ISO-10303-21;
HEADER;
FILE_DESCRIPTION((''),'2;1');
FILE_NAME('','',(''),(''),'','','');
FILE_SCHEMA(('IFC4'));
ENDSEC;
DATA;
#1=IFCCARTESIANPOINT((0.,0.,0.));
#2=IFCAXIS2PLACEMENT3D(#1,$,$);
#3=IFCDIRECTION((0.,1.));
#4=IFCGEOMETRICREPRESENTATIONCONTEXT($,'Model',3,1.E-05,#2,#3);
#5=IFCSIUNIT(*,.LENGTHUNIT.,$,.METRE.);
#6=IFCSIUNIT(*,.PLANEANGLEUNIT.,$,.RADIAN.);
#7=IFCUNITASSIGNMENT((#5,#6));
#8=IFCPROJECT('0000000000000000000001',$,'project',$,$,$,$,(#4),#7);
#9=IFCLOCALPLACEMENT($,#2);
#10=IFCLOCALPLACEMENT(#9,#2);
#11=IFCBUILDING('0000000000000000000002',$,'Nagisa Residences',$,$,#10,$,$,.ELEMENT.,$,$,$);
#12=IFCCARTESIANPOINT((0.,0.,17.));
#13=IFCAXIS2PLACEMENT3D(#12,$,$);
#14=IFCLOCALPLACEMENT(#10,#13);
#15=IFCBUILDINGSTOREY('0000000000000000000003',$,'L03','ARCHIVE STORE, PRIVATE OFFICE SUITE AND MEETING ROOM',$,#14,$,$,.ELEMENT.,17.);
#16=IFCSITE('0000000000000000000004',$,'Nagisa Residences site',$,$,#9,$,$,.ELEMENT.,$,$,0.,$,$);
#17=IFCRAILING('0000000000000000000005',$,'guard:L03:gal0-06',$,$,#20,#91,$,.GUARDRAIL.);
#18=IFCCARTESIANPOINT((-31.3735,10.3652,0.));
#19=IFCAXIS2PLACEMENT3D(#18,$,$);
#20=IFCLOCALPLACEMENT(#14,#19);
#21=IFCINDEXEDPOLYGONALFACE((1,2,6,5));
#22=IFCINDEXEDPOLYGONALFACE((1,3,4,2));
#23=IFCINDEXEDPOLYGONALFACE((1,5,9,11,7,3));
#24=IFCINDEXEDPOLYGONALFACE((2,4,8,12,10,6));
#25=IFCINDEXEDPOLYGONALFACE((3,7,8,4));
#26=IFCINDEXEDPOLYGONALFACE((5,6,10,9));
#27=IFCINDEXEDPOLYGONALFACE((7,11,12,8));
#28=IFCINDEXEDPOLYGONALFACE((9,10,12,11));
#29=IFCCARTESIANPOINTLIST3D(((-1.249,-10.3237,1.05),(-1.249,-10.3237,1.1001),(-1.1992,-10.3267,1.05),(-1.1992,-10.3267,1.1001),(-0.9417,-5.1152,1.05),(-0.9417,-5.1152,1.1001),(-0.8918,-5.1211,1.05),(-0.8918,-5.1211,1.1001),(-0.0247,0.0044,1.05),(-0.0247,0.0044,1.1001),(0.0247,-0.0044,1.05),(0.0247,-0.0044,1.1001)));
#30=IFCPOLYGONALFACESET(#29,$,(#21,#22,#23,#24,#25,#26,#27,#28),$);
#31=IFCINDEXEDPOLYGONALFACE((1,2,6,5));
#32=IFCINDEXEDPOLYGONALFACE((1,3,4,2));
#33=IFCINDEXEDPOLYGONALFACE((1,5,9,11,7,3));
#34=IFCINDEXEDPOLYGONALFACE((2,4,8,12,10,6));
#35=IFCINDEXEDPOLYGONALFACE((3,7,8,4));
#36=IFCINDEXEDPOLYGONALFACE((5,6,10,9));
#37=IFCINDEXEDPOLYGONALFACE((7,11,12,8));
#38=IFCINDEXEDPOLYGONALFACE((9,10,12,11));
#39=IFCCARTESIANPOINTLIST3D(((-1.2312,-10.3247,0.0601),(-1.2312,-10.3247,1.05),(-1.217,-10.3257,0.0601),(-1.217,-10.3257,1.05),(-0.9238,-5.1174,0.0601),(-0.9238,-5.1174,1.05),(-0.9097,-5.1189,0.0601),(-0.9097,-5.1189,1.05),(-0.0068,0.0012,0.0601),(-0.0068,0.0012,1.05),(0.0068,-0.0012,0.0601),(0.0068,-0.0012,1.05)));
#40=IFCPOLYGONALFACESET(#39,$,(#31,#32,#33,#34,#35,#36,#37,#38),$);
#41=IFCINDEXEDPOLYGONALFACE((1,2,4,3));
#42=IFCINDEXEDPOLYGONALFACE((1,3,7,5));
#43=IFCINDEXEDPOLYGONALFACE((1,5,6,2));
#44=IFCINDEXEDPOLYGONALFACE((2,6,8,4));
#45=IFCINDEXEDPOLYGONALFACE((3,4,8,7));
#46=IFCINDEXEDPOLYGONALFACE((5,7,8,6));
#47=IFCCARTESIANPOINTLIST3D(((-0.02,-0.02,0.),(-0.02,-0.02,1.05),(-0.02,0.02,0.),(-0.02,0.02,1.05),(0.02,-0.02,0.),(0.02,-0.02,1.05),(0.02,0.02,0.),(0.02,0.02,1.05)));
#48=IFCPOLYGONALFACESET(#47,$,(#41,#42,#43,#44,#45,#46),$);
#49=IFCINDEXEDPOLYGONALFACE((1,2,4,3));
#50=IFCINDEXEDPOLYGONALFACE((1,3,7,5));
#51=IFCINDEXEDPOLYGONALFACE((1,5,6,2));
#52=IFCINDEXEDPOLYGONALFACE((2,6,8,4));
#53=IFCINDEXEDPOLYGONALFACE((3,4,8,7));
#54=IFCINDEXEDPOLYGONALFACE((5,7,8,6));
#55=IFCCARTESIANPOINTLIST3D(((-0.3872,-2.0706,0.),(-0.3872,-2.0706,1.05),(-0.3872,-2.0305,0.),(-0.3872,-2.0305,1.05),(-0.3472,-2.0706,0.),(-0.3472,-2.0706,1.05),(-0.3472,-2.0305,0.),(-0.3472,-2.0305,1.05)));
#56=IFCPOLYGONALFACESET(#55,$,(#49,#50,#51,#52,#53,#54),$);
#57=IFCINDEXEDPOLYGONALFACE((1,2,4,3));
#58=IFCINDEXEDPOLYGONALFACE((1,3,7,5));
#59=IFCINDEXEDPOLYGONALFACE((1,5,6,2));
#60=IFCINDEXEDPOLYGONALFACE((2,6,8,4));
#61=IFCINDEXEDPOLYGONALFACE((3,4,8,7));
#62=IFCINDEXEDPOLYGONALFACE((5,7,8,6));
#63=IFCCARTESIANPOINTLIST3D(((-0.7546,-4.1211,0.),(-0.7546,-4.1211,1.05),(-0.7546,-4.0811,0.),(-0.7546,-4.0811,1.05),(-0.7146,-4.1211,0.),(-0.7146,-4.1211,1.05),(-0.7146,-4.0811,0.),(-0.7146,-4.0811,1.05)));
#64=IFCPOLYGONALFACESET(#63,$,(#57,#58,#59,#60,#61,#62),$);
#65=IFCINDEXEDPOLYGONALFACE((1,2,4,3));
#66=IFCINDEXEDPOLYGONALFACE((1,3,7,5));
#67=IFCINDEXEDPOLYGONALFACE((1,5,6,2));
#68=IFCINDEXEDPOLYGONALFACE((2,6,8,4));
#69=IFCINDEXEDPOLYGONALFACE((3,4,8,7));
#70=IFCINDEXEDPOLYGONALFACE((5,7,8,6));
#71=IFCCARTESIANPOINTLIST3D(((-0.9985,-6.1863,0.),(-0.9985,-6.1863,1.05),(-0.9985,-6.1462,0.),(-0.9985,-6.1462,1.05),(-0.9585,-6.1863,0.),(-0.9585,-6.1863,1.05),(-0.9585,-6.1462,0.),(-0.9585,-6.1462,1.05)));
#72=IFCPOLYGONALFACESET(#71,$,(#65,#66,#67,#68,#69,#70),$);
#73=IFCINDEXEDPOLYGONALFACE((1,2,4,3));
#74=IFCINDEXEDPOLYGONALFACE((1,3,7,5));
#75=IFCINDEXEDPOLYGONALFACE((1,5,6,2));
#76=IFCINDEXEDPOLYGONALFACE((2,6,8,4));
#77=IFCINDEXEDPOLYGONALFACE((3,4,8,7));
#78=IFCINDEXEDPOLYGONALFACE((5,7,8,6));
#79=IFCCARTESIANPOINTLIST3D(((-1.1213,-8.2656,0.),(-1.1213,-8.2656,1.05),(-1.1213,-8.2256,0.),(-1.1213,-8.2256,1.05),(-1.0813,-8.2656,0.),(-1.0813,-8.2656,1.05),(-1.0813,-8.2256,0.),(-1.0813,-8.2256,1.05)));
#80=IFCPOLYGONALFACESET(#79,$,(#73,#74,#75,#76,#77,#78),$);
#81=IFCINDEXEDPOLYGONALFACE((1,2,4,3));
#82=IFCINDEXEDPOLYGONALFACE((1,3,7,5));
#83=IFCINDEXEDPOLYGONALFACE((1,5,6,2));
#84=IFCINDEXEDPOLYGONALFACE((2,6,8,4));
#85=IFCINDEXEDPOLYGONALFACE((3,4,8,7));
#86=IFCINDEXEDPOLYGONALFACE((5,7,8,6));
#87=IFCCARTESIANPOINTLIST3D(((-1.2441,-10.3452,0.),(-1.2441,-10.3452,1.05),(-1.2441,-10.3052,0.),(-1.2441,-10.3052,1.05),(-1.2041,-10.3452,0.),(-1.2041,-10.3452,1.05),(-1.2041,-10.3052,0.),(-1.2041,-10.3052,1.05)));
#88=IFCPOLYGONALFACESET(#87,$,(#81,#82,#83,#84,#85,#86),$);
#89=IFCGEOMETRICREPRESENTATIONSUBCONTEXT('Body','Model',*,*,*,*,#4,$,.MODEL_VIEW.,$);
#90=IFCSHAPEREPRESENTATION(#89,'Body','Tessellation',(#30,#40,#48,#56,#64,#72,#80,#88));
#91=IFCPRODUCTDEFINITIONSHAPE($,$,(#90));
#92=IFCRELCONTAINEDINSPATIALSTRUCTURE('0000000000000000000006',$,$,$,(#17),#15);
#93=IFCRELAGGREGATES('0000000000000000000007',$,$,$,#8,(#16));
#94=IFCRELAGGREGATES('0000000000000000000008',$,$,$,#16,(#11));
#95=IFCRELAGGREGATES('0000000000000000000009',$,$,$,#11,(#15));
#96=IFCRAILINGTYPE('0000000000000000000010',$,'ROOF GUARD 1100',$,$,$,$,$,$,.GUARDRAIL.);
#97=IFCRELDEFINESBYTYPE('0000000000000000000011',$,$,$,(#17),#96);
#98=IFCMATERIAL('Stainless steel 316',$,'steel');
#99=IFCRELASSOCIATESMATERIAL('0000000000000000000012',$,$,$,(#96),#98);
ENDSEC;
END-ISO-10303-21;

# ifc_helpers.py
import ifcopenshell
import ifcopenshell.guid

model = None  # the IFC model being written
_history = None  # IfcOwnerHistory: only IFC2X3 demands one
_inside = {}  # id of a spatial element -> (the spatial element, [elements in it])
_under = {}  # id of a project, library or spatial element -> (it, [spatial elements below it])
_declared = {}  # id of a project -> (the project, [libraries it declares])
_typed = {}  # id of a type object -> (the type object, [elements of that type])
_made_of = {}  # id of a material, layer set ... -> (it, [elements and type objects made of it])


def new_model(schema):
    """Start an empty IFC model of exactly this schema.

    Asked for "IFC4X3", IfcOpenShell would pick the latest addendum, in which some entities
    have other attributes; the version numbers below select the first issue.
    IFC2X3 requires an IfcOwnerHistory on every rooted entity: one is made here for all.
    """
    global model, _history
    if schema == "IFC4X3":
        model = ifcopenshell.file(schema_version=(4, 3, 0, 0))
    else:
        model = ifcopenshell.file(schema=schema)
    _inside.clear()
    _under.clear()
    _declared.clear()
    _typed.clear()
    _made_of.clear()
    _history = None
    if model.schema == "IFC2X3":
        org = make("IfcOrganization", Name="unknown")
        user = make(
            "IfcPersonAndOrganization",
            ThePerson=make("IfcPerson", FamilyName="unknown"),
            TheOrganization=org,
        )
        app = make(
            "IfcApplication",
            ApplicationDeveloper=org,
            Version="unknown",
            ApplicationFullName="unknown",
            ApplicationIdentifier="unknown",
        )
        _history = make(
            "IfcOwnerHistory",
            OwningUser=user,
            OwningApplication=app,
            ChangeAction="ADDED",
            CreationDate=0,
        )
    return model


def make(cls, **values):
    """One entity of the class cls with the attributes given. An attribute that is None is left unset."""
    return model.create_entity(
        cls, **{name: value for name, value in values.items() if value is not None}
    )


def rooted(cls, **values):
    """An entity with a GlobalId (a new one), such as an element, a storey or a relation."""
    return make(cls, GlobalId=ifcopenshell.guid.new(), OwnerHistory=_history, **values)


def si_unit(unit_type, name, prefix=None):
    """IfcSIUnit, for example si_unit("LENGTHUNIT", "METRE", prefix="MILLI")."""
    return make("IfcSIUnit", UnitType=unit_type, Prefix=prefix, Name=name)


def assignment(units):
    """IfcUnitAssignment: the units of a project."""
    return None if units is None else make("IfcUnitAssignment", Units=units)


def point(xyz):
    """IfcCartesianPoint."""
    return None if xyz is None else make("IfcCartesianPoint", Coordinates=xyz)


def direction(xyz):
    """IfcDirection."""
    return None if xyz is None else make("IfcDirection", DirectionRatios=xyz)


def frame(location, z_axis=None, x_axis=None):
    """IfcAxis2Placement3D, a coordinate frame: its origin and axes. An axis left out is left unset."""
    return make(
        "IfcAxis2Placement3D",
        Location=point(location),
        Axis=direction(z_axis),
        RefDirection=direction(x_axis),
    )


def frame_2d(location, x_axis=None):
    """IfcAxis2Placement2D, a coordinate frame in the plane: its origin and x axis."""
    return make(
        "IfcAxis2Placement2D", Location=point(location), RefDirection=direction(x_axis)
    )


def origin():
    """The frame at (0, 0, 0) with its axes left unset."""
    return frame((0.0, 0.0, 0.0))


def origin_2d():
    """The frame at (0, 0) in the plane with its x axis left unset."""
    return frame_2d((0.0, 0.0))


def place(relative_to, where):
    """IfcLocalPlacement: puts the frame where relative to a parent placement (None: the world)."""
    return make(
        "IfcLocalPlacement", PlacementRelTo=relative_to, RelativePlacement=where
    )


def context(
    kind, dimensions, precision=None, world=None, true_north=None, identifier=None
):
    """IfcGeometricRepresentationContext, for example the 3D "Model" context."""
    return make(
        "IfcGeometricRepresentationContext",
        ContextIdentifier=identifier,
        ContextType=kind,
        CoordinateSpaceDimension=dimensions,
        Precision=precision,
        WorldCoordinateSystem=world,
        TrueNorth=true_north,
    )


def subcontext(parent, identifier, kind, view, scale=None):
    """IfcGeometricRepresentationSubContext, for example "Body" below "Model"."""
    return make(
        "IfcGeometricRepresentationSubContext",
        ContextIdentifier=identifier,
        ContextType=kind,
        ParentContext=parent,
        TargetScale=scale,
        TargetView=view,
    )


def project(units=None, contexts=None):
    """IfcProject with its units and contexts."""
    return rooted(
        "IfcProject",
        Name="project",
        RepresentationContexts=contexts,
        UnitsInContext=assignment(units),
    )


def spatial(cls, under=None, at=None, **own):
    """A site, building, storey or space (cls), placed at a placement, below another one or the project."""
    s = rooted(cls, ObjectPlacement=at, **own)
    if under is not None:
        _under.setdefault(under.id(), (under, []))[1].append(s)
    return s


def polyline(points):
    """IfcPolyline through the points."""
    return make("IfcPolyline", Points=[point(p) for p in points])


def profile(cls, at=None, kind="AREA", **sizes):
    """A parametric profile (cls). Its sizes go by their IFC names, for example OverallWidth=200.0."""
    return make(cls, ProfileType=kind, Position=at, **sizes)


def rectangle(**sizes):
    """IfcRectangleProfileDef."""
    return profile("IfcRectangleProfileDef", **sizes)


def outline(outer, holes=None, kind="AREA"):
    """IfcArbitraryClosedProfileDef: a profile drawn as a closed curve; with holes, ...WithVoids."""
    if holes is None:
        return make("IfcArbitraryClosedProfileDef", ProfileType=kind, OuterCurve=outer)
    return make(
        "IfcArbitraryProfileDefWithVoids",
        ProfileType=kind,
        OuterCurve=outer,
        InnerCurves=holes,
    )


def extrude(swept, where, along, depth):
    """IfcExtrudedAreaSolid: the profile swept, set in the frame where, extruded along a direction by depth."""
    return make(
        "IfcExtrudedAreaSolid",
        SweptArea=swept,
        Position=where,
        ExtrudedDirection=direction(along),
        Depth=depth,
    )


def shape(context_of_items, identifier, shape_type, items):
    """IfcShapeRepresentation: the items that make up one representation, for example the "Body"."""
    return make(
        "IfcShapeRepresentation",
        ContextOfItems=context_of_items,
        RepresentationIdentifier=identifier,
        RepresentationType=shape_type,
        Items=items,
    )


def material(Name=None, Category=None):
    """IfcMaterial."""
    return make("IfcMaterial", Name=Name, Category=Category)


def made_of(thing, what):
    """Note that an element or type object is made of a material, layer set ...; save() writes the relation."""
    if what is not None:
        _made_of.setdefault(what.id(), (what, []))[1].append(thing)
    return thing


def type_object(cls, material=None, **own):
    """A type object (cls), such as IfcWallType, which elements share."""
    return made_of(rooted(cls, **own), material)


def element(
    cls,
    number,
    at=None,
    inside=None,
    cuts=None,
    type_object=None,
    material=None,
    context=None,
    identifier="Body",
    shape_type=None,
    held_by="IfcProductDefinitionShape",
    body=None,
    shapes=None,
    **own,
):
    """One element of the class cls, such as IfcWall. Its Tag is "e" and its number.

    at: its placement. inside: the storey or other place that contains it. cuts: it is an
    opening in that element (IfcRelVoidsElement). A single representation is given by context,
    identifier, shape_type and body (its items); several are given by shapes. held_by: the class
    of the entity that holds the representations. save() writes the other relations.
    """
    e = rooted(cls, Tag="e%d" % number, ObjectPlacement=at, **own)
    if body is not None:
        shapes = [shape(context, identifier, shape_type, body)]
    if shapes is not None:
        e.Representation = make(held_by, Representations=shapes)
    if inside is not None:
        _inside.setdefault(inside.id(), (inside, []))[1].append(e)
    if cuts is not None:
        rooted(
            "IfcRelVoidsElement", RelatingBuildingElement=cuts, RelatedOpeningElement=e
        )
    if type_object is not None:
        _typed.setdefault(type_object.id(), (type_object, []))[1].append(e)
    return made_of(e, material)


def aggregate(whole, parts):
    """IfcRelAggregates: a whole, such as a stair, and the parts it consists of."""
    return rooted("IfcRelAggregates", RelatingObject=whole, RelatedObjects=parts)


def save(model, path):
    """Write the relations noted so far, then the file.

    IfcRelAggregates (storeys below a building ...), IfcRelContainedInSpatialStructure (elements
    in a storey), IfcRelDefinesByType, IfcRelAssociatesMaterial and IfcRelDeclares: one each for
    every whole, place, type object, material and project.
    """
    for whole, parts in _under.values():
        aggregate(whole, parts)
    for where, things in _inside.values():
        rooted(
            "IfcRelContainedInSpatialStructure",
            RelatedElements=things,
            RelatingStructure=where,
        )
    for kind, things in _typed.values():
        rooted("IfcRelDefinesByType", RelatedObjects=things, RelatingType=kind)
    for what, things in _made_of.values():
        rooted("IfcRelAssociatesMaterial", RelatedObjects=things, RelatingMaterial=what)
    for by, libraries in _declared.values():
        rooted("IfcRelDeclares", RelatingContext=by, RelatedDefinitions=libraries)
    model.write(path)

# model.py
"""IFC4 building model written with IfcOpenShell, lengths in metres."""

from ifc_helpers import new_model, si_unit, direction, frame, origin, origin_2d, place, context, subcontext, project, spatial, polyline, rectangle, outline, extrude, material, type_object, element, save


model = new_model("IFC4")

# Units and contexts
model_context = context("Model", 3, precision=1e-05, world=origin(), true_north=direction((0.0, 1.0)))
body_context = subcontext(model_context, "Body", "Model", "MODEL_VIEW")
ifc_project = project(units=[si_unit("LENGTHUNIT", "METRE"), si_unit("PLANEANGLEUNIT", "RADIAN")], contexts=[model_context])

# Site, building, storey
site_placement = place(None, origin())
site = spatial("IfcSite", under=ifc_project, at=site_placement, Name="Nagisa Residences site", CompositionType="ELEMENT", RefElevation=0.0)
building_placement = place(site_placement, origin())
building = spatial("IfcBuilding", under=site, at=building_placement, Name="Nagisa Residences", CompositionType="ELEMENT")
storey_placement = place(building_placement, frame((0.0, 0.0, 17.0)))
storey = spatial("IfcBuildingStorey", under=building, at=storey_placement, Name="L03", Description="ARCHIVE STORE, PRIVATE OFFICE SUITE AND MEETING ROOM", CompositionType="ELEMENT", Elevation=17.0)

# Railing
ifc_material_1 = material(Name="Stainless steel 316", Category="steel")
railing_type = type_object("IfcRailingType", Name="ROOF GUARD 1100", PredefinedType="GUARDRAIL", material=ifc_material_1)
railing_placement = place(storey_placement, frame((-31.3735, 10.3652, 0.0)))
element("IfcRailing", 1, at=railing_placement, inside=storey, type_object=railing_type, Name="guard:L03:gal0-06", PredefinedType="GUARDRAIL", context=body_context, shape_type="SweptSolid", body=[
    extrude(outline(polyline([(-0.8918, -5.1211), (0.0247, -0.0044), (-0.0247, 0.0044), (-0.9417, -5.1152), (-1.249, -10.3237), (-1.1992, -10.3267), (-0.8918, -5.1211)])), frame((0.0, 0.0, 1.05)), (0.0, 0.0, 1.0), 0.05),
    extrude(outline(polyline([(-0.9097, -5.1189), (0.0068, -0.0012), (-0.0068, 0.0012), (-0.9238, -5.1174), (-1.2312, -10.3247), (-1.217, -10.3257), (-0.9097, -5.1189)])), frame((0.0, 0.0, 0.0601)), (0.0, 0.0, 1.0), 0.99),
    extrude(rectangle(XDim=0.04, YDim=0.04, at=origin_2d()), origin(), (0.0, 0.0, 1.0), 1.05),
    extrude(rectangle(XDim=0.04, YDim=0.04, at=origin_2d()), frame((-0.3672, -2.0505, 0.0)), (0.0, 0.0, 1.0), 1.05),
    extrude(rectangle(XDim=0.04, YDim=0.04, at=origin_2d()), frame((-0.7346, -4.1011, 0.0)), (0.0, 0.0, 1.0), 1.05),
    extrude(rectangle(XDim=0.04, YDim=0.04, at=origin_2d()), frame((-0.9785, -6.1663, 0.0)), (0.0, 0.0, 1.0), 1.05),
    extrude(rectangle(XDim=0.04, YDim=0.04, at=origin_2d()), frame((-1.1013, -8.2456, 0.0)), (0.0, 0.0, 1.0), 1.05),
    extrude(rectangle(XDim=0.04, YDim=0.04, at=origin_2d()), frame((-1.2241, -10.3252, 0.0)), (0.0, 0.0, 1.0), 1.05),
])

save(model, "model.ifc")
